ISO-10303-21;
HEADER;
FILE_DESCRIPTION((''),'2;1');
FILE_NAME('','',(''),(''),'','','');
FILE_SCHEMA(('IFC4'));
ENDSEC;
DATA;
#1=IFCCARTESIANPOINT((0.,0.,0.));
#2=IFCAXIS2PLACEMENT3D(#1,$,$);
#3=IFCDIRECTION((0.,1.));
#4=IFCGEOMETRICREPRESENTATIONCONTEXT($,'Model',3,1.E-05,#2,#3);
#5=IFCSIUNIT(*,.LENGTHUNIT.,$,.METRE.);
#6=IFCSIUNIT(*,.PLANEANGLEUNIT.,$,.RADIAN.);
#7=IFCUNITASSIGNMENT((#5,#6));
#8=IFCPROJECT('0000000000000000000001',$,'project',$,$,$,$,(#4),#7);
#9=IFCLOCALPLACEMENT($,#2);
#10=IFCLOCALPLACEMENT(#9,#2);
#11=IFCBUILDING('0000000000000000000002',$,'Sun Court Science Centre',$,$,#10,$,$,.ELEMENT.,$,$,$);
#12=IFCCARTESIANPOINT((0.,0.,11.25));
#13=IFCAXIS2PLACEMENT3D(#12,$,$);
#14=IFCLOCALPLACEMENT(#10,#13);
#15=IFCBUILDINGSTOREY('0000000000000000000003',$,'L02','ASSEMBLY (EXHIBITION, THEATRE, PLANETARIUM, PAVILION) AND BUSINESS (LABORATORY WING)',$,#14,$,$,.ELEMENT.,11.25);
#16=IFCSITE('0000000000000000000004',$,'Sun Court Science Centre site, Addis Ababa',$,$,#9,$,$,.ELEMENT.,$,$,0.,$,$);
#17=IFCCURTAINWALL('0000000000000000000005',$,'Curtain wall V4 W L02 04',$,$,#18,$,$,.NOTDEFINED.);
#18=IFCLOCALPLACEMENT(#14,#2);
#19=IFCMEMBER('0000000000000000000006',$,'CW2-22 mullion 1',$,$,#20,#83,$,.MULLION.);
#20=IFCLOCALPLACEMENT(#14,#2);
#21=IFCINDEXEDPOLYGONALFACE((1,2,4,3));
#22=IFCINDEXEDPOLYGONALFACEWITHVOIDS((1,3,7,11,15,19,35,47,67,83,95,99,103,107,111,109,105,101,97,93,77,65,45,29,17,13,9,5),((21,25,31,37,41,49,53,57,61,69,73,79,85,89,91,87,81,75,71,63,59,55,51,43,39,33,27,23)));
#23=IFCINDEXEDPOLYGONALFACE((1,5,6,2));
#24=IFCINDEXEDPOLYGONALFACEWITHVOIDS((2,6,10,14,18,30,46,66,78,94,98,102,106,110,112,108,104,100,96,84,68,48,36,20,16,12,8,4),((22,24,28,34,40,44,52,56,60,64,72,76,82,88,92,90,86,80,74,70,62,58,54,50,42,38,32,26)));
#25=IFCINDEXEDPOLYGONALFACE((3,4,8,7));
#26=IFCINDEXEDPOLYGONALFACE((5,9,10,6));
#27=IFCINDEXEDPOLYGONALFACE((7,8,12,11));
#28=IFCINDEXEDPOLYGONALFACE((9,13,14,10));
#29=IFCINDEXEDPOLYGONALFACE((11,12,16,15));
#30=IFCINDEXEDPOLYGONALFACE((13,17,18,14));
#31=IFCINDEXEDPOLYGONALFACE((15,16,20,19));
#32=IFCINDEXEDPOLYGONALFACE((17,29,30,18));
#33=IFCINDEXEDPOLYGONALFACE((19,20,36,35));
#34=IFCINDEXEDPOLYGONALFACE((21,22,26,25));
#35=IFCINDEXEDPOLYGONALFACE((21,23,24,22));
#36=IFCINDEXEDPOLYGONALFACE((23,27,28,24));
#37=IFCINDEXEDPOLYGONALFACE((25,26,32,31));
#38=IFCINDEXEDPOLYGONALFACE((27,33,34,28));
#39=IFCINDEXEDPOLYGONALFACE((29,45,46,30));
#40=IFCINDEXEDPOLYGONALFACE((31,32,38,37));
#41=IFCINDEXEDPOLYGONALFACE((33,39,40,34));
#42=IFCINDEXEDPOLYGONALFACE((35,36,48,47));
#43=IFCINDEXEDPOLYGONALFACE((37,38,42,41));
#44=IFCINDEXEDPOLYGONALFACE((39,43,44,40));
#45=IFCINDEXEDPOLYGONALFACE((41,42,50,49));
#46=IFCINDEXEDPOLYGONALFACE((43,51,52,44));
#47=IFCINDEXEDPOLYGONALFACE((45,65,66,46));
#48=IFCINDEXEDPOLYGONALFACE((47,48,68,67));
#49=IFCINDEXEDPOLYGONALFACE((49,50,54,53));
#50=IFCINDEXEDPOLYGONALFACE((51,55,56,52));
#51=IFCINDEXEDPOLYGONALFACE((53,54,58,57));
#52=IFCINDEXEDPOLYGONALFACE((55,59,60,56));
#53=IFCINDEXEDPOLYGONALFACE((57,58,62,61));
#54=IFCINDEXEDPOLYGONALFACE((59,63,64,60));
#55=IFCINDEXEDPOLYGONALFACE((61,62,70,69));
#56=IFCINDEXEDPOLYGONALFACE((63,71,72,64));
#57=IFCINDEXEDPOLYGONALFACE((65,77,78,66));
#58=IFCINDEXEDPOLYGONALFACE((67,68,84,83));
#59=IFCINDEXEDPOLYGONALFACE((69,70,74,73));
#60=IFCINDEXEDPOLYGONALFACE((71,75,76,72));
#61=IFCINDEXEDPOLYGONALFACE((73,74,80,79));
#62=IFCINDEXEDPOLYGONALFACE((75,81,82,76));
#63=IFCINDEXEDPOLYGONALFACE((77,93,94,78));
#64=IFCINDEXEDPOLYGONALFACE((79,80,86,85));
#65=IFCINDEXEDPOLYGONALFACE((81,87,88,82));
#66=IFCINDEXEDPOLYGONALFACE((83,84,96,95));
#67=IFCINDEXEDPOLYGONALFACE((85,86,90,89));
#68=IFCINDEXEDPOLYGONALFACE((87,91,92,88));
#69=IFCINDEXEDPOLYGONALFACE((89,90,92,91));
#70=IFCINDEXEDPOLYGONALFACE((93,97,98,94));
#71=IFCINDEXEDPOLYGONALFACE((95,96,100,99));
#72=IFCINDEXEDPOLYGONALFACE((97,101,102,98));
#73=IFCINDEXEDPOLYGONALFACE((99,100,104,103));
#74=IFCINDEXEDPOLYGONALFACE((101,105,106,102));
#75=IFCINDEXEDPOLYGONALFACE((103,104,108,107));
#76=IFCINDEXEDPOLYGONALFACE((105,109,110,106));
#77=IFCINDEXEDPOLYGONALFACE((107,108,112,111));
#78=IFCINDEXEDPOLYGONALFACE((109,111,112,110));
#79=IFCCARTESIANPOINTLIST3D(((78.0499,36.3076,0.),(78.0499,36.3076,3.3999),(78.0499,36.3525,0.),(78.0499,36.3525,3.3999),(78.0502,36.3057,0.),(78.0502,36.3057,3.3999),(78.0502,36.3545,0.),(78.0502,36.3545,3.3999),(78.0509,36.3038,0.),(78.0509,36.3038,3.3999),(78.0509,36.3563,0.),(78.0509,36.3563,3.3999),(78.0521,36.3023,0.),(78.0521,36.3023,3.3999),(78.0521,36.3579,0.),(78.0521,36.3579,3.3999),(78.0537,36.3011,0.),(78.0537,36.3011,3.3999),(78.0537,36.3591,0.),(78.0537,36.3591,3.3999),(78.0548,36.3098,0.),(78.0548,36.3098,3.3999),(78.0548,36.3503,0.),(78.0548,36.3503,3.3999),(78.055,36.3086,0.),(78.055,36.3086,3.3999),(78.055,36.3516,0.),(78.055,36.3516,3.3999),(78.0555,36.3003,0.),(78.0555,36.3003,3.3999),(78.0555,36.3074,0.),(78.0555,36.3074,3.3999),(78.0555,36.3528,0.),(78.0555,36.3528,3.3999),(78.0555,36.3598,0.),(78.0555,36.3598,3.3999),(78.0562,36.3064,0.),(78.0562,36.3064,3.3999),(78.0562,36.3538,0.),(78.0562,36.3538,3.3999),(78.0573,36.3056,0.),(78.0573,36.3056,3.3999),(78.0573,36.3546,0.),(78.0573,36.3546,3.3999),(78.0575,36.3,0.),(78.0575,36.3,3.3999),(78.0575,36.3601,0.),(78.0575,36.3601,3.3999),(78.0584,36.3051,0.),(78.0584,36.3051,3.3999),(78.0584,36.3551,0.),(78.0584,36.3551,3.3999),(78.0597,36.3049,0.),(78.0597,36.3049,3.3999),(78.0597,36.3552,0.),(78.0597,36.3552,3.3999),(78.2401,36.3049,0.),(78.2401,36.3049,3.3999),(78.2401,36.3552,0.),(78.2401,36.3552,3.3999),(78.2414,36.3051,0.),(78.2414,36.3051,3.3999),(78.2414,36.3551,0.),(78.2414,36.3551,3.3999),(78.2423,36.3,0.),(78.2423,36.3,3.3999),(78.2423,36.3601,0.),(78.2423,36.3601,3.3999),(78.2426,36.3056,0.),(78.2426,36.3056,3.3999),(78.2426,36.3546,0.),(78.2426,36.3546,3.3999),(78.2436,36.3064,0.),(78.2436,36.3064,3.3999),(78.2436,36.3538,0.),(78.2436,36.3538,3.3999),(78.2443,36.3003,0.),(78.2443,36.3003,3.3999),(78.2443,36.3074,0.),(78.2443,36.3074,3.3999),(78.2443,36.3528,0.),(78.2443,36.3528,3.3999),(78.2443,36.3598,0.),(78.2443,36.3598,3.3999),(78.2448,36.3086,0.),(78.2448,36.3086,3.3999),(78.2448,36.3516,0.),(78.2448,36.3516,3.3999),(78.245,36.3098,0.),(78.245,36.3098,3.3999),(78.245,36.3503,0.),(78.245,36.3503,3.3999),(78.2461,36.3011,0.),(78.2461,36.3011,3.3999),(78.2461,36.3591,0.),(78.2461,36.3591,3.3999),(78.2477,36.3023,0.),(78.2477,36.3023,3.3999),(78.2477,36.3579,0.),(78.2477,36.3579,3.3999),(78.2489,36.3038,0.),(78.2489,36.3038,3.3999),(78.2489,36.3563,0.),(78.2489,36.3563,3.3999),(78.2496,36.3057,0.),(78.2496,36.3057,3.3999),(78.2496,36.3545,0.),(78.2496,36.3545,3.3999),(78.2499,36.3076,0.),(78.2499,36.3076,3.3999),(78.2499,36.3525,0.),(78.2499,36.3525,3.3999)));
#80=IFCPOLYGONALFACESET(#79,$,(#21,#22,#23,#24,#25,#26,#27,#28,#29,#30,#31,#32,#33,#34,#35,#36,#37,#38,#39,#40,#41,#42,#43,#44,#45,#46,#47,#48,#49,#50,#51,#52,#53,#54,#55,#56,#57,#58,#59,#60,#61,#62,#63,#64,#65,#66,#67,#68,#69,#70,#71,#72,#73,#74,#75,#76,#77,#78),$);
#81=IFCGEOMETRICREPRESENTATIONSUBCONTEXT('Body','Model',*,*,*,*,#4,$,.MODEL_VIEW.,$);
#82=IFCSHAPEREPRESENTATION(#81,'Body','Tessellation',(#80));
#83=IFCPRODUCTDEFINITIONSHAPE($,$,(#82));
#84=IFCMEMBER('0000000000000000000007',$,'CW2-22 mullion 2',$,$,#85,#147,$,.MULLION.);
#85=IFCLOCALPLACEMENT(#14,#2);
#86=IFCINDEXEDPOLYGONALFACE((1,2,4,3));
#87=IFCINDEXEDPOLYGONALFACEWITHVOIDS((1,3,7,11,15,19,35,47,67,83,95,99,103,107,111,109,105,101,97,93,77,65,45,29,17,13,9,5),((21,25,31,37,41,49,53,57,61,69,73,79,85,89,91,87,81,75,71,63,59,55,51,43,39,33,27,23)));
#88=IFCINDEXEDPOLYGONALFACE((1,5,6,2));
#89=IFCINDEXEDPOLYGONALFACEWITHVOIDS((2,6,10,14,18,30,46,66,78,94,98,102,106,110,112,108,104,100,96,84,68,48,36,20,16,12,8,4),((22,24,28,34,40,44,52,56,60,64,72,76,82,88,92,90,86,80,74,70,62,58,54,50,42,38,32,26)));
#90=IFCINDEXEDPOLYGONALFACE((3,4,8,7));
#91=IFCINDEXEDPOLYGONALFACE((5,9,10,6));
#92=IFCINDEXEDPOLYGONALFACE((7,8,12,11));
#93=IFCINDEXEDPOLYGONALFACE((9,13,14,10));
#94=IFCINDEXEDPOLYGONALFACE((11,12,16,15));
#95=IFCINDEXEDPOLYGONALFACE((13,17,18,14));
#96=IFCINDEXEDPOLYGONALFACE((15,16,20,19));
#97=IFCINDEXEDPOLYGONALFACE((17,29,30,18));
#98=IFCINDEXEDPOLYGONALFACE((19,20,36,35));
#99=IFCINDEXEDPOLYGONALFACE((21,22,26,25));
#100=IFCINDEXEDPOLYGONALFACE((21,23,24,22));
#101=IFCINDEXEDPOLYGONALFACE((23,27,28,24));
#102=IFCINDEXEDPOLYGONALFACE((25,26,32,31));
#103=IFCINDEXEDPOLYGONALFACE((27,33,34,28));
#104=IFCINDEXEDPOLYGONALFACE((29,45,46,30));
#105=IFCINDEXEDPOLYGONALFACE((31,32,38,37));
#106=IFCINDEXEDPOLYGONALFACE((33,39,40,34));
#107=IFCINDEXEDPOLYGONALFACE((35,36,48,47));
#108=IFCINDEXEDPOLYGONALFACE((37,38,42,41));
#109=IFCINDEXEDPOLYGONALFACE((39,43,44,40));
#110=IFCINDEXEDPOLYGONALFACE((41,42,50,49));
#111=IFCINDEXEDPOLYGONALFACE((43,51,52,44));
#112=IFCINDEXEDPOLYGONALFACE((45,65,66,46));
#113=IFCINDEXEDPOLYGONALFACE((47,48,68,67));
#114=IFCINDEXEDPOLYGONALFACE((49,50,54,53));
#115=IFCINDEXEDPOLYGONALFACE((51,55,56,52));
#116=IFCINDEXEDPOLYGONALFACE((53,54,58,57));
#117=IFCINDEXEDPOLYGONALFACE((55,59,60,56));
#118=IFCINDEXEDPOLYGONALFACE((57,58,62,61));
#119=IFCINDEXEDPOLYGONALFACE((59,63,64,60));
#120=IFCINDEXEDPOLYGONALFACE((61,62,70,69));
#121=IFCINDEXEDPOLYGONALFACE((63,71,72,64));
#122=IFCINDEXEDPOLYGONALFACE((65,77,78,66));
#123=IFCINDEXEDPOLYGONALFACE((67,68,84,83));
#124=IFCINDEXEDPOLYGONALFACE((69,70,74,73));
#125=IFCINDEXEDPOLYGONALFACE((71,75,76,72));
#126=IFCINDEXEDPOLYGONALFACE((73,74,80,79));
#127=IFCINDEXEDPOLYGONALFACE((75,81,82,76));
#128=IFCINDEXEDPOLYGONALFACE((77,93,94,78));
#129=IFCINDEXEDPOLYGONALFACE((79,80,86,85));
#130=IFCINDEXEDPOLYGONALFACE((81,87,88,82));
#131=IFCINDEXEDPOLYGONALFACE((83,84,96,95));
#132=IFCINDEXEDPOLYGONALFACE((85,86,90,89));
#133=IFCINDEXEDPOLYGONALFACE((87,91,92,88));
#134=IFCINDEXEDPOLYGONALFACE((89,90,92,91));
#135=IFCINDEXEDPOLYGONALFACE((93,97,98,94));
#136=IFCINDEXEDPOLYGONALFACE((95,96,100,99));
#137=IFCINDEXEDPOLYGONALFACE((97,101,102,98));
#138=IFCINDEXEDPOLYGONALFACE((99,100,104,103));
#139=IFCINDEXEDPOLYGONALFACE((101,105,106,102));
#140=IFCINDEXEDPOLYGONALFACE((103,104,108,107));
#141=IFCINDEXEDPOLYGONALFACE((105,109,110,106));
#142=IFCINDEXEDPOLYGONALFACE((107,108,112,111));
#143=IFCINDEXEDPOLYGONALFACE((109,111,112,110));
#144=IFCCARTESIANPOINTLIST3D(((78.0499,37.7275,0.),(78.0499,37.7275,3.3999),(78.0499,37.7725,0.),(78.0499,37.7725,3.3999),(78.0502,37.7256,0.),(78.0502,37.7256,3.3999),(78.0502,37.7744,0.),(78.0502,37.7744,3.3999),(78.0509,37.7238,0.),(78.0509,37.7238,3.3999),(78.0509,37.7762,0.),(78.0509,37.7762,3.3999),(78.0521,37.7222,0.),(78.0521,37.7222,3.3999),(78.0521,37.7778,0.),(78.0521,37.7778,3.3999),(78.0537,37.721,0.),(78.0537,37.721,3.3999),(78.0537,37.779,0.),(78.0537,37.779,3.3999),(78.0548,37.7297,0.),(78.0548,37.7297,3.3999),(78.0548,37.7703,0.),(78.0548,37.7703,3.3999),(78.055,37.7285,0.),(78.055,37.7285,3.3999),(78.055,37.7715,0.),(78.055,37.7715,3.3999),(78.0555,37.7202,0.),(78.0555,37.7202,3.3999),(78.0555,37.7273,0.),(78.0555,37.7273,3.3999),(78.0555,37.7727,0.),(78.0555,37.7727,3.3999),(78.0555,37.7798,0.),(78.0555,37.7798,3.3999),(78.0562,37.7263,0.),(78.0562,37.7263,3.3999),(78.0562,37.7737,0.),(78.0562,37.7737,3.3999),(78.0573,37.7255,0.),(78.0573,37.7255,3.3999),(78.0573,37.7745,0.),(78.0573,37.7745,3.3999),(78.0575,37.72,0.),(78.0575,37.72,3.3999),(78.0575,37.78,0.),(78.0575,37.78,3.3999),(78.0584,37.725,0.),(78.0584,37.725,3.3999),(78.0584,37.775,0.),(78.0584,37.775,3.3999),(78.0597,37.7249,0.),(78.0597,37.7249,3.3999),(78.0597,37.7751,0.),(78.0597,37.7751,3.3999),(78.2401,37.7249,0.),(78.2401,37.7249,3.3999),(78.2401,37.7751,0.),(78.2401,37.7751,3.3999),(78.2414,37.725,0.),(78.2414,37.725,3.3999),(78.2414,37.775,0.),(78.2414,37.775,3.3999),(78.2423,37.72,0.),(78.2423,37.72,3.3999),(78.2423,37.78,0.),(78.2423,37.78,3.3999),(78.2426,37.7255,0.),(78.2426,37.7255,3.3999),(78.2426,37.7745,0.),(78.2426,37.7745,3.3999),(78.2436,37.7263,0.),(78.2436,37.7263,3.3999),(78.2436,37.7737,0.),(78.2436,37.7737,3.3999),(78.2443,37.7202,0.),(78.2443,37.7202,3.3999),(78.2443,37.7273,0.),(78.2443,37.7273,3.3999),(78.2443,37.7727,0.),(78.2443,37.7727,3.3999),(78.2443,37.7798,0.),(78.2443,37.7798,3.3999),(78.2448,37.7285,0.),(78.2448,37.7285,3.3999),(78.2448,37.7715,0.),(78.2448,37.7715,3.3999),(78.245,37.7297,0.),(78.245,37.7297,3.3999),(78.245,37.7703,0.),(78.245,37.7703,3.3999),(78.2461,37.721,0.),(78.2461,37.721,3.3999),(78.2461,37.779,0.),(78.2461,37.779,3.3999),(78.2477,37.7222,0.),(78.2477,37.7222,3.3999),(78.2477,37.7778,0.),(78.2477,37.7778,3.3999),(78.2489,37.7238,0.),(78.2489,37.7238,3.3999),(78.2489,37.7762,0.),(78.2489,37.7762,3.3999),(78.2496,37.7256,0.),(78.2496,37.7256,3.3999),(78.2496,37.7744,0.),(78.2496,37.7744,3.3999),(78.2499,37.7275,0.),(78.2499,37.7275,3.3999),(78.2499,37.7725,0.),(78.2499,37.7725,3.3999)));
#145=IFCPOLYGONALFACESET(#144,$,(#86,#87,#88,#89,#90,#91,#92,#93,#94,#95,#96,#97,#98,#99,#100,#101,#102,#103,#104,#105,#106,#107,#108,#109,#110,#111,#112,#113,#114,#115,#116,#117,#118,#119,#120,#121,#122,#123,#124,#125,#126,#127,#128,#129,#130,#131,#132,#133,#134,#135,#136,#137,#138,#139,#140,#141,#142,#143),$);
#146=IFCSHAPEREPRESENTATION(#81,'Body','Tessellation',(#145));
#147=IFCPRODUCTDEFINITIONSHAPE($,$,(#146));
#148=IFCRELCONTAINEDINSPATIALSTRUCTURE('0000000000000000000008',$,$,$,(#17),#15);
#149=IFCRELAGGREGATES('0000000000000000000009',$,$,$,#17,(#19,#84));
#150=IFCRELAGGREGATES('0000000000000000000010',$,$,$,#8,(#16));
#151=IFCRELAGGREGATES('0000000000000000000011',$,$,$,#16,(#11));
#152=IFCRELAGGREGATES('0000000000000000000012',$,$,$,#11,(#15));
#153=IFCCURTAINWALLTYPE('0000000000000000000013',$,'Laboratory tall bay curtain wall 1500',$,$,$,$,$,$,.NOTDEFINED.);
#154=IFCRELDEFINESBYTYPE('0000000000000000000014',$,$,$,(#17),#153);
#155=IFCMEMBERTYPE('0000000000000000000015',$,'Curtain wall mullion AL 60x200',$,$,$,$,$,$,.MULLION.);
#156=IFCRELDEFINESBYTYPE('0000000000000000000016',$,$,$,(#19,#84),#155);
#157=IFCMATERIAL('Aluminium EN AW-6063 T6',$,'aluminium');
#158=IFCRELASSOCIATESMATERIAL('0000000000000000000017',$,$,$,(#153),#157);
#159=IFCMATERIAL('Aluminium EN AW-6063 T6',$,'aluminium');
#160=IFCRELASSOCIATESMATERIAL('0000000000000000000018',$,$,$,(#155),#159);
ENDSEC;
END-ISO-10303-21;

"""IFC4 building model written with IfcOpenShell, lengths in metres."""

from ifc_helpers import new_model, si_unit, direction, frame, origin, origin_2d, place, context, subcontext, project, spatial, hollow_rectangle, extrude, material, material_profile, profile_set, type_object, element, aggregate, save


model = new_model("IFC4")

# Units and contexts
model_context = context("Model", 3, precision=1e-05, world=origin(), true_north=direction((0.0, 1.0)))
body_context = subcontext(model_context, "Body", "Model", "MODEL_VIEW")
ifc_project = project(units=[si_unit("LENGTHUNIT", "METRE"), si_unit("PLANEANGLEUNIT", "RADIAN")], contexts=[model_context])

# Site, building, storey
site_placement = place(None, origin())
site = spatial("IfcSite", under=ifc_project, at=site_placement, Name="Sun Court Science Centre site, Addis Ababa", CompositionType="ELEMENT", RefElevation=0.0)
building_placement = place(site_placement, origin())
building = spatial("IfcBuilding", under=site, at=building_placement, Name="Sun Court Science Centre", CompositionType="ELEMENT")
storey_placement = place(building_placement, frame((0.0, 0.0, 11.25)))
storey = spatial("IfcBuildingStorey", under=building, at=storey_placement, Name="L02", Description="ASSEMBLY (EXHIBITION, THEATRE, PLANETARIUM, PAVILION) AND BUSINESS (LABORATORY WING)", CompositionType="ELEMENT", Elevation=11.25)

# Curtain wall, members
ifc_material_1 = material(Name="Aluminium EN AW-6063 T6", Category="aluminium")
curtain_wall_type = type_object("IfcCurtainWallType", Name="Laboratory tall bay curtain wall 1500", PredefinedType="NOTDEFINED", material=ifc_material_1)
curtain_wall_placement = place(storey_placement, origin())
curtain_wall = element("IfcCurtainWall", 1, at=curtain_wall_placement, inside=storey, type_object=curtain_wall_type, Name="Curtain wall V4 W L02 04", PredefinedType="NOTDEFINED")
ifc_material_2 = material(Name="Aluminium EN AW-6063 T6", Category="aluminium")
ifc_material_profile_1 = material_profile(ifc_material_2, hollow_rectangle(XDim=0.0601, YDim=0.2, WallThickness=0.0049, InnerFilletRadius=0.0049, OuterFilletRadius=0.0076, at=origin_2d()), Name="AL 60x200x5")
ifc_profile_set_1 = profile_set([ifc_material_profile_1], Name="Aluminium EN AW-6063 T6")
member_type_1 = type_object("IfcMemberType", Name="Curtain wall mullion AL 60x200", PredefinedType="MULLION", material=ifc_profile_set_1)
member_1_placement = place(storey_placement, frame((78.1499, 36.3301, 0.0), z_axis=(0.0, 0.0, 1.0), x_axis=(0.0, 1.0, 0.0)))
member_1 = element("IfcMember", 2, at=member_1_placement, type_object=member_type_1, Name="CW2-22 mullion 1", PredefinedType="MULLION", context=body_context, shape_type="SweptSolid", body=[
    extrude(hollow_rectangle(XDim=0.0601, YDim=0.2, WallThickness=0.0049, InnerFilletRadius=0.0049, OuterFilletRadius=0.0076, at=origin_2d()), origin(), (0.0, 0.0, 1.0), 3.3999),
])
member_2_placement = place(storey_placement, frame((78.1499, 37.75, 0.0), z_axis=(0.0, 0.0, 1.0), x_axis=(0.0, 1.0, 0.0)))
member_2 = element("IfcMember", 3, at=member_2_placement, type_object=member_type_1, Name="CW2-22 mullion 2", PredefinedType="MULLION", context=body_context, shape_type="SweptSolid", body=[
    extrude(hollow_rectangle(XDim=0.0601, YDim=0.2, WallThickness=0.0049, InnerFilletRadius=0.0049, OuterFilletRadius=0.0076, at=origin_2d()), origin(), (0.0, 0.0, 1.0), 3.3999),
])
aggregate(curtain_wall, [member_1, member_2])

save(model, "model.ifc")
